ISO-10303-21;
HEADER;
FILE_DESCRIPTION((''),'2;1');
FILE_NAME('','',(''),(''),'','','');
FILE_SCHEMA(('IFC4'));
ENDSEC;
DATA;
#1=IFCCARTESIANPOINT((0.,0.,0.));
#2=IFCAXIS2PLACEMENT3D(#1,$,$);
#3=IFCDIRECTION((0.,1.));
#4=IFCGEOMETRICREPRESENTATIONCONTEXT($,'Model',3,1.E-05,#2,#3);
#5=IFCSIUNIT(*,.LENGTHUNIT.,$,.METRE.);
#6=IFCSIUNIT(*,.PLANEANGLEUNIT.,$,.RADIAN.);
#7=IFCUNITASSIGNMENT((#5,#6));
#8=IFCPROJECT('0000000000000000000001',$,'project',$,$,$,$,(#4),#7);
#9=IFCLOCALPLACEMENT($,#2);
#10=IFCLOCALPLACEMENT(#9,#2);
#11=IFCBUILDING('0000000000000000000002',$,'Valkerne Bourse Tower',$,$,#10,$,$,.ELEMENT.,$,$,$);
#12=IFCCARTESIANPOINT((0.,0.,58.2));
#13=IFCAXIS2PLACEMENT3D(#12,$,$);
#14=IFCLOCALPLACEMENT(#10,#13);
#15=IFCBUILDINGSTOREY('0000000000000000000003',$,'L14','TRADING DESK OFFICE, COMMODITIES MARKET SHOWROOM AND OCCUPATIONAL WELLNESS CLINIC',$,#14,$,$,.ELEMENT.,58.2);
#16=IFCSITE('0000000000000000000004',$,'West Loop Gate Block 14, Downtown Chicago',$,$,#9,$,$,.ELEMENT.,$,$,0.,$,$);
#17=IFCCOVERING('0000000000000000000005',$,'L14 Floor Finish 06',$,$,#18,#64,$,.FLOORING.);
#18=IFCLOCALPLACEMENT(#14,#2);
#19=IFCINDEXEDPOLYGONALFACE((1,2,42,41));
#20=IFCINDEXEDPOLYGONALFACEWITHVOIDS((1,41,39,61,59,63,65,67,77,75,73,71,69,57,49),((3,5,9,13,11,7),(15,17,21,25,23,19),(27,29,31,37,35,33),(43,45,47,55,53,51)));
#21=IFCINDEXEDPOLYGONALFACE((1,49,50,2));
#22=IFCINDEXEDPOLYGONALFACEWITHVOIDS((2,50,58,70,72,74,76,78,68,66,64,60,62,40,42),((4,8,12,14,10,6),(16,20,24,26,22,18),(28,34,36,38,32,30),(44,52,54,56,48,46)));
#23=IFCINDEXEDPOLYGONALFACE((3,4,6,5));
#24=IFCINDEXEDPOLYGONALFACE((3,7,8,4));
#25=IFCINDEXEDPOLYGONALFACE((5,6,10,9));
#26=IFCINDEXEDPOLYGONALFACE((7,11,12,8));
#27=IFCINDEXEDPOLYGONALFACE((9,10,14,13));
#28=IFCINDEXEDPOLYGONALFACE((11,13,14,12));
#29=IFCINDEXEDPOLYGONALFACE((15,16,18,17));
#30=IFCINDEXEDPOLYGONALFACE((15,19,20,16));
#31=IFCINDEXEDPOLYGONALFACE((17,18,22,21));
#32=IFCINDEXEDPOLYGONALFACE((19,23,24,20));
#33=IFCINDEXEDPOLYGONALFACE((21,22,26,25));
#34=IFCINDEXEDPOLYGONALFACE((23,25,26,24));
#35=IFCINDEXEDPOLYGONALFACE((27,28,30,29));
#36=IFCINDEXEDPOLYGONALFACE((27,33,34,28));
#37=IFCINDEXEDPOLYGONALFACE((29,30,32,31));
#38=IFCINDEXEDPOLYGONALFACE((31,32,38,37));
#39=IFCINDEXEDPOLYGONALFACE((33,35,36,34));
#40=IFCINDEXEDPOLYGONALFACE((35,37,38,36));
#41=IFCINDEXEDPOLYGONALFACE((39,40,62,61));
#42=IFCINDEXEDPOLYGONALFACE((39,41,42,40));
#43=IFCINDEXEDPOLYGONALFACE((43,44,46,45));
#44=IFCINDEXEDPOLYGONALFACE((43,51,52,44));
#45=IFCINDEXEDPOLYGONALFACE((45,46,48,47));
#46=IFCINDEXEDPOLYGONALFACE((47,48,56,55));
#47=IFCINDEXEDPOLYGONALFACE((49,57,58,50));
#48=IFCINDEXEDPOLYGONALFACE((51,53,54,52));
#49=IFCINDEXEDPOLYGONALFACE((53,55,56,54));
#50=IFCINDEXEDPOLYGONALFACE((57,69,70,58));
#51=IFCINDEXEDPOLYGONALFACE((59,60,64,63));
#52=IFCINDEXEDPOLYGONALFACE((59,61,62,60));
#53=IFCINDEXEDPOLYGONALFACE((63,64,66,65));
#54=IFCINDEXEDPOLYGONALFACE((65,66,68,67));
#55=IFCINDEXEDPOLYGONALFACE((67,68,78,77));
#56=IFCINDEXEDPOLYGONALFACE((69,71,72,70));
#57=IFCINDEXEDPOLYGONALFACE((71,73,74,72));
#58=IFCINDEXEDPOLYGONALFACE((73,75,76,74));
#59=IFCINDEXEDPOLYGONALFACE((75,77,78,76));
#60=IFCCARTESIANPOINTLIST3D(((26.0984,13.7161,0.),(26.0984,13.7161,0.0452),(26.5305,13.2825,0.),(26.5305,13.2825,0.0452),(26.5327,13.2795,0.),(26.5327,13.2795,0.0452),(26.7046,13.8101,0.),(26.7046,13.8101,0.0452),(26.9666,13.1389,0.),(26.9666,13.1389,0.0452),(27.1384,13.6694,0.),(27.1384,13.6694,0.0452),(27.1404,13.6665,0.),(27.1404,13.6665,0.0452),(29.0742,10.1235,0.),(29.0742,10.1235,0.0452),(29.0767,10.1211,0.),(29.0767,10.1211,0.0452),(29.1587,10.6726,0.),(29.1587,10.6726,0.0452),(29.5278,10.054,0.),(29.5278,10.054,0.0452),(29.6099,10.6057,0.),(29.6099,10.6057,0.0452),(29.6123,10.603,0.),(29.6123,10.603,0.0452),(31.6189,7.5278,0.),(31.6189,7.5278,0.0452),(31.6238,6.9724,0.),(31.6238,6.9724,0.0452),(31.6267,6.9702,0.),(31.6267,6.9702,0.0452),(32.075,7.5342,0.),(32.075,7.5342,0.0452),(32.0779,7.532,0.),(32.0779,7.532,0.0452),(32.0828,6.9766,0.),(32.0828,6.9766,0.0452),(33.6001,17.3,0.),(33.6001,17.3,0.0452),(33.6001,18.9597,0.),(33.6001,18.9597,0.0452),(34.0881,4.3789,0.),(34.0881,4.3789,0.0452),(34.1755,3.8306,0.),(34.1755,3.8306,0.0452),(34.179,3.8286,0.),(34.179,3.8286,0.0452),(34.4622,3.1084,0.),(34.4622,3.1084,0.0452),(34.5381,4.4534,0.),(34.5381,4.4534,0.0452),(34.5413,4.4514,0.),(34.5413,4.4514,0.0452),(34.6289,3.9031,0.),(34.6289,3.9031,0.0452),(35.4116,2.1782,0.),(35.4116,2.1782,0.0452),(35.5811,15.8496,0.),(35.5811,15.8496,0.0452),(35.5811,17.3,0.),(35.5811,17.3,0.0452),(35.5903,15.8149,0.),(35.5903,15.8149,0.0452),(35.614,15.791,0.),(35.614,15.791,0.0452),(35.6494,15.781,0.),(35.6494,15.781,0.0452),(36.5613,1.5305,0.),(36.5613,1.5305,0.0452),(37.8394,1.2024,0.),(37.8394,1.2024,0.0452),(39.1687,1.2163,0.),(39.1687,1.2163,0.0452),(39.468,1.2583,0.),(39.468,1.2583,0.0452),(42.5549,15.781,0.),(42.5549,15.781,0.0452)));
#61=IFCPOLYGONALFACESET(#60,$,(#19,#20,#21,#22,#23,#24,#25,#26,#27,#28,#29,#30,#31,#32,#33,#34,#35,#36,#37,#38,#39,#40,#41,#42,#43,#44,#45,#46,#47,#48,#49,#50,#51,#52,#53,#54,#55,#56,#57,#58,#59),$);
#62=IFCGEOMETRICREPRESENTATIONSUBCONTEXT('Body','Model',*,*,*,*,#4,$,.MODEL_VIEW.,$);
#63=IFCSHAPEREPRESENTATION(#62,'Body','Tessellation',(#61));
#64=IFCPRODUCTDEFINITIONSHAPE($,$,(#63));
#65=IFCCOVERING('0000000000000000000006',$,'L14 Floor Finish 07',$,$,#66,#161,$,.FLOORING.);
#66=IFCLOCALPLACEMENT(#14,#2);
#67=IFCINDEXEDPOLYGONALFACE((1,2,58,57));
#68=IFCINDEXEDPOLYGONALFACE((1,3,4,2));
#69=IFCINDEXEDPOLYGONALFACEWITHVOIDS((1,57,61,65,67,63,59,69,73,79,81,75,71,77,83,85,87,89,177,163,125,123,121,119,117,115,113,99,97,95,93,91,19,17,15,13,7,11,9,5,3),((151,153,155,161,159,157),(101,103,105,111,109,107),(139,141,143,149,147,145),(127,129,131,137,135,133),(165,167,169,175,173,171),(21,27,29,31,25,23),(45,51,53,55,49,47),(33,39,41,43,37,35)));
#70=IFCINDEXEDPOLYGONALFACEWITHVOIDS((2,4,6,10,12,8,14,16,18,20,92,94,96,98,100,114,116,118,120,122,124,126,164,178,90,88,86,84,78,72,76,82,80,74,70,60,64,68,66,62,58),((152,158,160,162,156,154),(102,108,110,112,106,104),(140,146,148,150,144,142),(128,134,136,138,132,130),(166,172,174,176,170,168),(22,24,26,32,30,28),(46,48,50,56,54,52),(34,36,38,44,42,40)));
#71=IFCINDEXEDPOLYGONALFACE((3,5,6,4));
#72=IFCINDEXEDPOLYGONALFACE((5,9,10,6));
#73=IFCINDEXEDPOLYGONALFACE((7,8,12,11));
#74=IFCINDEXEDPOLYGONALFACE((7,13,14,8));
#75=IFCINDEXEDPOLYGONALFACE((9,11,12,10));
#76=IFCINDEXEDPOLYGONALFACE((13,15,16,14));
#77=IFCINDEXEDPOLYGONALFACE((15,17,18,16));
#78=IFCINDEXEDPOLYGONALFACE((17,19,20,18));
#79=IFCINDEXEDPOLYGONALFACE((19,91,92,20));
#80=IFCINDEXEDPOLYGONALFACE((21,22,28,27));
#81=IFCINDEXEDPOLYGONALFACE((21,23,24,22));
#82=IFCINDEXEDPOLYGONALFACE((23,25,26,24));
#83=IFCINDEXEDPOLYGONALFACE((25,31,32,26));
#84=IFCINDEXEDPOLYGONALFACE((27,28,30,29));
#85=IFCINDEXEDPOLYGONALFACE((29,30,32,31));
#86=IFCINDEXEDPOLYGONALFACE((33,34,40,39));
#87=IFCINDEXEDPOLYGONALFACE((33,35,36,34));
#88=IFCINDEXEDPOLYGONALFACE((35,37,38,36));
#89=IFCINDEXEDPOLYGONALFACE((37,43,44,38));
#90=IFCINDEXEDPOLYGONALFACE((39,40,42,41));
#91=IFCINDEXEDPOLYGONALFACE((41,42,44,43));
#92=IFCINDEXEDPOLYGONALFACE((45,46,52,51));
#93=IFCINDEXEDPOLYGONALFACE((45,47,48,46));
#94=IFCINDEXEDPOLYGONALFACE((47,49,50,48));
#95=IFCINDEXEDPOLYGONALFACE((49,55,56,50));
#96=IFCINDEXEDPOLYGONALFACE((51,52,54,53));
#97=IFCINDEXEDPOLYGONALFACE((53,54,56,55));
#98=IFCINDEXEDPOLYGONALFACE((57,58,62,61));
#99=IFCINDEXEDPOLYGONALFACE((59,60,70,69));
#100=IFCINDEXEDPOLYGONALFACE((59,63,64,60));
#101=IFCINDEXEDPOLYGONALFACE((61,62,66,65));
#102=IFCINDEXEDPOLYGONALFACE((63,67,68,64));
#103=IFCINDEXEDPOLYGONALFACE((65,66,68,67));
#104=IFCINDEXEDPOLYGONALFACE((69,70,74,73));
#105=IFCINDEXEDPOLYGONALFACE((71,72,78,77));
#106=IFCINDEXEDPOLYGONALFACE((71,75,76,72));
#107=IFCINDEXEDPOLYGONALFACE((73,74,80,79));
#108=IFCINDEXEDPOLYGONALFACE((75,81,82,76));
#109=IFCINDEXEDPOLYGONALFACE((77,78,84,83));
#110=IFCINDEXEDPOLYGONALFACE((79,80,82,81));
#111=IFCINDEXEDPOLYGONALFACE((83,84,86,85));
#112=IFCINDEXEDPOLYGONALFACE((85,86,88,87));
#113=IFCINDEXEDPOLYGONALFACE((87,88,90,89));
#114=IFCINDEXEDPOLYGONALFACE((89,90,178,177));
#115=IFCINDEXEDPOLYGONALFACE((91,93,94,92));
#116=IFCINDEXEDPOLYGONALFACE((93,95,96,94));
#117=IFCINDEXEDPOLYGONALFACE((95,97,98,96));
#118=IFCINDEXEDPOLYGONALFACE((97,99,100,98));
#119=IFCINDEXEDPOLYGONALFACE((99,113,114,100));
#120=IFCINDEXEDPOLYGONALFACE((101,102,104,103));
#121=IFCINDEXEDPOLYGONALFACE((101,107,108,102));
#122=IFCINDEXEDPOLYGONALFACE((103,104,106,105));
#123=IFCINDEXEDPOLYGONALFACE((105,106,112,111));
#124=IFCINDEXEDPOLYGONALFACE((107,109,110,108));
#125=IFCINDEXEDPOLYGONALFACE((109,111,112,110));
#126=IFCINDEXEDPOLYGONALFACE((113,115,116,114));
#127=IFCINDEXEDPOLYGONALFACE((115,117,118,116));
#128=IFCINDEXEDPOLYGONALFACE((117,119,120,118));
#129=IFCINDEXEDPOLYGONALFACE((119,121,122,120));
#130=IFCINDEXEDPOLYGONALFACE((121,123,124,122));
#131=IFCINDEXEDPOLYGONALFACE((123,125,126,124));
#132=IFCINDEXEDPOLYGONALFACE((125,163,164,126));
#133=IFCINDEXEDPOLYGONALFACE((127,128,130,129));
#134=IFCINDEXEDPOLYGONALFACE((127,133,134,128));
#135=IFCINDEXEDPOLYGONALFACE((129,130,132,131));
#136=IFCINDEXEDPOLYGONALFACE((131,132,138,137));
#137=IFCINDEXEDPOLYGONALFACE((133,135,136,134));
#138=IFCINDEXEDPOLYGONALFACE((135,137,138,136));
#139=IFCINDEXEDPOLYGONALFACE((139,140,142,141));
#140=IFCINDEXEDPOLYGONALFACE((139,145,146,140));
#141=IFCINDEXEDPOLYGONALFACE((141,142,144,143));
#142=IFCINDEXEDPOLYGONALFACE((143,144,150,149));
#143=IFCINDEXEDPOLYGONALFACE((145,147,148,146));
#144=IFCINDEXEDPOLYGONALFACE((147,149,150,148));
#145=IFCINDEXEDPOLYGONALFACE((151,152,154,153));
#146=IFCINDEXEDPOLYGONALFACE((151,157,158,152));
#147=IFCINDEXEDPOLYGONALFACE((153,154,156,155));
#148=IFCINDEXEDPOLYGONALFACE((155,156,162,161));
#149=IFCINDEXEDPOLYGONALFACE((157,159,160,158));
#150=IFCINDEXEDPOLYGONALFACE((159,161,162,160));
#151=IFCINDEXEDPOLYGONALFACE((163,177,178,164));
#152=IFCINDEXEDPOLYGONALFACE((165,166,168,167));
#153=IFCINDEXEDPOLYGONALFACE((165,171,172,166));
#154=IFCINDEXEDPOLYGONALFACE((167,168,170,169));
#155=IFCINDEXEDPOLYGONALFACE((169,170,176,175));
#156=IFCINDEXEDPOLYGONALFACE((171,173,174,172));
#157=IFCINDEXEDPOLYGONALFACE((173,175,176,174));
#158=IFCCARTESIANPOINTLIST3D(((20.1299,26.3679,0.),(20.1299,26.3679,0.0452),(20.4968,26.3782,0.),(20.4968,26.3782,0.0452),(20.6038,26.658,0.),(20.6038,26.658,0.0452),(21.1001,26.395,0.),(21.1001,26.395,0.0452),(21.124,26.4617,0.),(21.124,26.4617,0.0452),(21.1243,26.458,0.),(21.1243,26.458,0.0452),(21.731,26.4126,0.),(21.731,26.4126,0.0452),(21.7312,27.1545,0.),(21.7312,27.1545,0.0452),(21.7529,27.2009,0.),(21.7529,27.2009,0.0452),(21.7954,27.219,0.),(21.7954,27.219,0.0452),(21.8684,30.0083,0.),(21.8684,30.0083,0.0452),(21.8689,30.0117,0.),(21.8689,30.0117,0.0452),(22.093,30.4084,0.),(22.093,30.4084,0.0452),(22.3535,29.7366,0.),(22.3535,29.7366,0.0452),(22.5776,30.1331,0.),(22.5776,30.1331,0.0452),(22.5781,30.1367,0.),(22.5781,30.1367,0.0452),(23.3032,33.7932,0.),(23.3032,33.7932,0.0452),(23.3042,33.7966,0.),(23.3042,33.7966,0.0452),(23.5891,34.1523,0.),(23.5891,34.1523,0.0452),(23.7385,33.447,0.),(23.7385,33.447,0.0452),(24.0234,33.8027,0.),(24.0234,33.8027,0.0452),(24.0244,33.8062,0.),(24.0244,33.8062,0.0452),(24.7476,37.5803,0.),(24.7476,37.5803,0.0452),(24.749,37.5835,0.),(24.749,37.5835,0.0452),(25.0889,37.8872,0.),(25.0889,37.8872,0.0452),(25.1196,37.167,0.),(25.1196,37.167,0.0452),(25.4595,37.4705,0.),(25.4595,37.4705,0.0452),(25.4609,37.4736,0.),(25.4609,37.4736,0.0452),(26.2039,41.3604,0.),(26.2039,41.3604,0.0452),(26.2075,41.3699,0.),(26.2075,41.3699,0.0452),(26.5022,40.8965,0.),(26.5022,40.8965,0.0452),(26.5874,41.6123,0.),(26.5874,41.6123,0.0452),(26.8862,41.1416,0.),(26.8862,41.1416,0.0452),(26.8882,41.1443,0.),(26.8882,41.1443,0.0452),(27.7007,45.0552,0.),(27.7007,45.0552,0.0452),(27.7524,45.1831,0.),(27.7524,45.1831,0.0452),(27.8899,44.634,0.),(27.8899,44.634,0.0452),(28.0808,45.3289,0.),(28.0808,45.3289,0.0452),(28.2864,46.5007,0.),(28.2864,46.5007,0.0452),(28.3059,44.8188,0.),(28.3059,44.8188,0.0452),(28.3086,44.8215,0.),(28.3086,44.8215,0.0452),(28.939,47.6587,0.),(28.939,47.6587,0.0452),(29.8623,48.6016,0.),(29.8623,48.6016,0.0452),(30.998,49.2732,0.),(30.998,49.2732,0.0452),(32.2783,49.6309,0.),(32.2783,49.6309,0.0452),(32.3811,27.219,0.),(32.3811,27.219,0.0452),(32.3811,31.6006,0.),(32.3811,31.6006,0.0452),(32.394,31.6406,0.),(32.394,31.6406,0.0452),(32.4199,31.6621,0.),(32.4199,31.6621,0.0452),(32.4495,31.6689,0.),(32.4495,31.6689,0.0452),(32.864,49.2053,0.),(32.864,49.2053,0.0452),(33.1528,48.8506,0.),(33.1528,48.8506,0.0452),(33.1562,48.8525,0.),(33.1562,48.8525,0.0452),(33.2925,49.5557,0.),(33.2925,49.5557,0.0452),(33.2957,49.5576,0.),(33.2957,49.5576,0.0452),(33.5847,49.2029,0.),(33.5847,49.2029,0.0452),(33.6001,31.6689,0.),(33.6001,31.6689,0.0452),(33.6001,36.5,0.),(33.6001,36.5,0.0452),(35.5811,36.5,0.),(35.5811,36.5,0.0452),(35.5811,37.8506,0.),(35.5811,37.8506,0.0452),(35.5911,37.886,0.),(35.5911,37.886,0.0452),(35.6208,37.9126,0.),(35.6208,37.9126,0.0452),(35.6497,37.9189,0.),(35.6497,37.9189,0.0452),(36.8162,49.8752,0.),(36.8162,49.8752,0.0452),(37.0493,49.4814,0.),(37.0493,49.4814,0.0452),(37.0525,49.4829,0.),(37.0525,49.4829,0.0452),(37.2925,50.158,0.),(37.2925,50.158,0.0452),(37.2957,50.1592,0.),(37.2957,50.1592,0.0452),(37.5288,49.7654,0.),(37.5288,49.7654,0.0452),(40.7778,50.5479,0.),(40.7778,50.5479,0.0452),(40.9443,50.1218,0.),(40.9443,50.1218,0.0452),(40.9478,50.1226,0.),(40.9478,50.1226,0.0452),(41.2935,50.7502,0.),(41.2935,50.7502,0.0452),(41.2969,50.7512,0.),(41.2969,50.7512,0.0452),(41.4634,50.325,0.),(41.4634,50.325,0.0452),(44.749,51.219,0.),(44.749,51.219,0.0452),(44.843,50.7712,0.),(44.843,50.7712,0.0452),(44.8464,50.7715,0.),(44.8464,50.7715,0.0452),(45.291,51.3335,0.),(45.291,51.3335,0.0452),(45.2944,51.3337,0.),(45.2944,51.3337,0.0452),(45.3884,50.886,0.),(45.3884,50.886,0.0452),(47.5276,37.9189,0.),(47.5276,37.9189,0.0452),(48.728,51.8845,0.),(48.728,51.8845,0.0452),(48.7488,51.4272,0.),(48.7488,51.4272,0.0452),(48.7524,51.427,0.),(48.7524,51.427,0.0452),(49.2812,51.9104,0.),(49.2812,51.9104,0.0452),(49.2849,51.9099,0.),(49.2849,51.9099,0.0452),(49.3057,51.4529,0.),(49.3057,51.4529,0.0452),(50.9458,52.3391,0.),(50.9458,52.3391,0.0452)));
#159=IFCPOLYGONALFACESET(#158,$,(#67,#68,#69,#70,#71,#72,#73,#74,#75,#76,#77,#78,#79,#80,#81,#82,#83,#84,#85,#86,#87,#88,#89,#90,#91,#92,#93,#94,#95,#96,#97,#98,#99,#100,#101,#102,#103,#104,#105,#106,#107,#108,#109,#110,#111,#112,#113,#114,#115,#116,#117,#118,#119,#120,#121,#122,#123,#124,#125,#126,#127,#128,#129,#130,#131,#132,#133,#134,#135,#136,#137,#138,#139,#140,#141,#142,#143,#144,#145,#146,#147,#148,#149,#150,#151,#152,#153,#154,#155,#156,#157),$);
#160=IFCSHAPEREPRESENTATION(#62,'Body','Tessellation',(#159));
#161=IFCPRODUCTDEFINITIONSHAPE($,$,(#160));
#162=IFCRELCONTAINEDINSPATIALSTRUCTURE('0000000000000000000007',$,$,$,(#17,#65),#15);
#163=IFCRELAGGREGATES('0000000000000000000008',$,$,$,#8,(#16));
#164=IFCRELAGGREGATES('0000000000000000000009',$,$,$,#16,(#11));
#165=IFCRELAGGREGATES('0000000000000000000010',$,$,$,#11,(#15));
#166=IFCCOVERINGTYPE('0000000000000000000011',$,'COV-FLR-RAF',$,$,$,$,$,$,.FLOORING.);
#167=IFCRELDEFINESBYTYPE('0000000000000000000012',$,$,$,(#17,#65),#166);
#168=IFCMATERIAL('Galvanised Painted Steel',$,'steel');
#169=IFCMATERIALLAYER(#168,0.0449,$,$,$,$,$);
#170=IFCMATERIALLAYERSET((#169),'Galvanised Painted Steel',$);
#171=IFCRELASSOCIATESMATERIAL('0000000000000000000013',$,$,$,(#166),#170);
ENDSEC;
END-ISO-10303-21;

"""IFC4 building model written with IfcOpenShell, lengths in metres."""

from ifc_helpers import new_model, si_unit, direction, frame, origin, place, context, subcontext, project, spatial, polyline, outline, extrude, material, layer, layer_set, type_object, element, save


model = new_model("IFC4")

# Units and contexts
model_context = context("Model", 3, precision=1e-05, world=origin(), true_north=direction((0.0, 1.0)))
body_context = subcontext(model_context, "Body", "Model", "MODEL_VIEW")
ifc_project = project(units=[si_unit("LENGTHUNIT", "METRE"), si_unit("PLANEANGLEUNIT", "RADIAN")], contexts=[model_context])

# Site, building, storey
site_placement = place(None, origin())
site = spatial("IfcSite", under=ifc_project, at=site_placement, Name="West Loop Gate Block 14, Downtown Chicago", CompositionType="ELEMENT", RefElevation=0.0)
building_placement = place(site_placement, origin())
building = spatial("IfcBuilding", under=site, at=building_placement, Name="Valkerne Bourse Tower", CompositionType="ELEMENT")
storey_placement = place(building_placement, frame((0.0, 0.0, 58.2)))
storey = spatial("IfcBuildingStorey", under=building, at=storey_placement, Name="L14", Description="TRADING DESK OFFICE, COMMODITIES MARKET SHOWROOM AND OCCUPATIONAL WELLNESS CLINIC", CompositionType="ELEMENT", Elevation=58.2)

# Coverings
ifc_material_1 = material(Name="Galvanised Painted Steel", Category="steel")
ifc_layer_1 = layer(ifc_material_1, 0.0449)
ifc_layer_set_1 = layer_set([ifc_layer_1], Name="Galvanised Painted Steel")
covering_type_1 = type_object("IfcCoveringType", Name="COV-FLR-RAF", PredefinedType="FLOORING", material=ifc_layer_set_1)
covering_1_placement = place(storey_placement, origin())
element("IfcCovering", 1, at=covering_1_placement, inside=storey, type_object=covering_type_1, Name="L14 Floor Finish 06", PredefinedType="FLOORING", context=body_context, shape_type="SweptSolid", body=[
    extrude(outline(polyline([(36.5613, 1.5305), (35.4116, 2.1782), (34.4622, 3.1084), (26.0984, 13.7161), (33.6001, 18.9597), (33.6001, 17.3), (35.5811, 17.3), (35.5811, 15.8496), (35.5903, 15.8149), (35.614, 15.791), (35.6494, 15.781), (42.5549, 15.781), (39.468, 1.2583), (39.1687, 1.2163), (37.8394, 1.2024), (36.5613, 1.5305)]), holes=[polyline([(34.5413, 4.4514), (34.5381, 4.4534), (34.0881, 4.3789), (34.1755, 3.8306), (34.179, 3.8286), (34.6289, 3.9031), (34.5413, 4.4514)]), polyline([(32.0779, 7.532), (32.075, 7.5342), (31.6189, 7.5278), (31.6238, 6.9724), (31.6267, 6.9702), (32.0828, 6.9766), (32.0779, 7.532)]), polyline([(29.6123, 10.603), (29.6099, 10.6057), (29.1587, 10.6726), (29.0742, 10.1235), (29.0767, 10.1211), (29.5278, 10.054), (29.6123, 10.603)]), polyline([(27.1404, 13.6665), (27.1384, 13.6694), (26.7046, 13.8101), (26.5305, 13.2825), (26.5327, 13.2795), (26.9666, 13.1389), (27.1404, 13.6665)])]), origin(), (0.0, 0.0, 1.0), 0.0452),
])
covering_2_placement = place(storey_placement, origin())
element("IfcCovering", 2, at=covering_2_placement, inside=storey, type_object=covering_type_1, Name="L14 Floor Finish 07", PredefinedType="FLOORING", context=body_context, shape_type="SweptSolid", body=[
    extrude(outline(polyline([(29.8623, 48.6016), (30.998, 49.2732), (32.2783, 49.6309), (50.9458, 52.3391), (47.5276, 37.9189), (35.6497, 37.9189), (35.6208, 37.9126), (35.5911, 37.886), (35.5811, 37.8506), (35.5811, 36.5), (33.6001, 36.5), (33.6001, 31.6689), (32.4495, 31.6689), (32.4199, 31.6621), (32.394, 31.6406), (32.3811, 31.6006), (32.3811, 27.219), (21.7954, 27.219), (21.7529, 27.2009), (21.7312, 27.1545), (21.731, 26.4126), (21.1001, 26.395), (21.1243, 26.458), (21.124, 26.4617), (20.6038, 26.658), (20.4968, 26.3782), (20.1299, 26.3679), (26.2039, 41.3604), (26.5022, 40.8965), (26.8862, 41.1416), (26.8882, 41.1443), (26.5874, 41.6123), (26.2075, 41.3699), (27.7007, 45.0552), (27.8899, 44.634), (28.3059, 44.8188), (28.3086, 44.8215), (28.0808, 45.3289), (27.7524, 45.1831), (28.2864, 46.5007), (28.939, 47.6587), (29.8623, 48.6016)]), holes=[polyline([(22.5776, 30.1331), (22.5781, 30.1367), (22.093, 30.4084), (21.8689, 30.0117), (21.8684, 30.0083), (22.3535, 29.7366), (22.5776, 30.1331)]), polyline([(24.0244, 33.8062), (23.5891, 34.1523), (23.3042, 33.7966), (23.3032, 33.7932), (23.7385, 33.447), (24.0234, 33.8027), (24.0244, 33.8062)]), polyline([(25.4595, 37.4705), (25.4609, 37.4736), (25.0889, 37.8872), (24.749, 37.5835), (24.7476, 37.5803), (25.1196, 37.167), (25.4595, 37.4705)]), polyline([(33.1562, 48.8525), (33.5847, 49.2029), (33.2957, 49.5576), (33.2925, 49.5557), (32.864, 49.2053), (33.1528, 48.8506), (33.1562, 48.8525)]), polyline([(37.0525, 49.4829), (37.5288, 49.7654), (37.2957, 50.1592), (37.2925, 50.158), (36.8162, 49.8752), (37.0493, 49.4814), (37.0525, 49.4829)]), polyline([(40.9478, 50.1226), (41.4634, 50.325), (41.2969, 50.7512), (41.2935, 50.7502), (40.7778, 50.5479), (40.9443, 50.1218), (40.9478, 50.1226)]), polyline([(45.3884, 50.886), (45.2944, 51.3337), (45.291, 51.3335), (44.749, 51.219), (44.843, 50.7712), (44.8464, 50.7715), (45.3884, 50.886)]), polyline([(49.3057, 51.4529), (49.2849, 51.9099), (49.2812, 51.9104), (48.728, 51.8845), (48.7488, 51.4272), (48.7524, 51.427), (49.3057, 51.4529)])]), origin(), (0.0, 0.0, 1.0), 0.0452),
])

save(model, "model.ifc")
